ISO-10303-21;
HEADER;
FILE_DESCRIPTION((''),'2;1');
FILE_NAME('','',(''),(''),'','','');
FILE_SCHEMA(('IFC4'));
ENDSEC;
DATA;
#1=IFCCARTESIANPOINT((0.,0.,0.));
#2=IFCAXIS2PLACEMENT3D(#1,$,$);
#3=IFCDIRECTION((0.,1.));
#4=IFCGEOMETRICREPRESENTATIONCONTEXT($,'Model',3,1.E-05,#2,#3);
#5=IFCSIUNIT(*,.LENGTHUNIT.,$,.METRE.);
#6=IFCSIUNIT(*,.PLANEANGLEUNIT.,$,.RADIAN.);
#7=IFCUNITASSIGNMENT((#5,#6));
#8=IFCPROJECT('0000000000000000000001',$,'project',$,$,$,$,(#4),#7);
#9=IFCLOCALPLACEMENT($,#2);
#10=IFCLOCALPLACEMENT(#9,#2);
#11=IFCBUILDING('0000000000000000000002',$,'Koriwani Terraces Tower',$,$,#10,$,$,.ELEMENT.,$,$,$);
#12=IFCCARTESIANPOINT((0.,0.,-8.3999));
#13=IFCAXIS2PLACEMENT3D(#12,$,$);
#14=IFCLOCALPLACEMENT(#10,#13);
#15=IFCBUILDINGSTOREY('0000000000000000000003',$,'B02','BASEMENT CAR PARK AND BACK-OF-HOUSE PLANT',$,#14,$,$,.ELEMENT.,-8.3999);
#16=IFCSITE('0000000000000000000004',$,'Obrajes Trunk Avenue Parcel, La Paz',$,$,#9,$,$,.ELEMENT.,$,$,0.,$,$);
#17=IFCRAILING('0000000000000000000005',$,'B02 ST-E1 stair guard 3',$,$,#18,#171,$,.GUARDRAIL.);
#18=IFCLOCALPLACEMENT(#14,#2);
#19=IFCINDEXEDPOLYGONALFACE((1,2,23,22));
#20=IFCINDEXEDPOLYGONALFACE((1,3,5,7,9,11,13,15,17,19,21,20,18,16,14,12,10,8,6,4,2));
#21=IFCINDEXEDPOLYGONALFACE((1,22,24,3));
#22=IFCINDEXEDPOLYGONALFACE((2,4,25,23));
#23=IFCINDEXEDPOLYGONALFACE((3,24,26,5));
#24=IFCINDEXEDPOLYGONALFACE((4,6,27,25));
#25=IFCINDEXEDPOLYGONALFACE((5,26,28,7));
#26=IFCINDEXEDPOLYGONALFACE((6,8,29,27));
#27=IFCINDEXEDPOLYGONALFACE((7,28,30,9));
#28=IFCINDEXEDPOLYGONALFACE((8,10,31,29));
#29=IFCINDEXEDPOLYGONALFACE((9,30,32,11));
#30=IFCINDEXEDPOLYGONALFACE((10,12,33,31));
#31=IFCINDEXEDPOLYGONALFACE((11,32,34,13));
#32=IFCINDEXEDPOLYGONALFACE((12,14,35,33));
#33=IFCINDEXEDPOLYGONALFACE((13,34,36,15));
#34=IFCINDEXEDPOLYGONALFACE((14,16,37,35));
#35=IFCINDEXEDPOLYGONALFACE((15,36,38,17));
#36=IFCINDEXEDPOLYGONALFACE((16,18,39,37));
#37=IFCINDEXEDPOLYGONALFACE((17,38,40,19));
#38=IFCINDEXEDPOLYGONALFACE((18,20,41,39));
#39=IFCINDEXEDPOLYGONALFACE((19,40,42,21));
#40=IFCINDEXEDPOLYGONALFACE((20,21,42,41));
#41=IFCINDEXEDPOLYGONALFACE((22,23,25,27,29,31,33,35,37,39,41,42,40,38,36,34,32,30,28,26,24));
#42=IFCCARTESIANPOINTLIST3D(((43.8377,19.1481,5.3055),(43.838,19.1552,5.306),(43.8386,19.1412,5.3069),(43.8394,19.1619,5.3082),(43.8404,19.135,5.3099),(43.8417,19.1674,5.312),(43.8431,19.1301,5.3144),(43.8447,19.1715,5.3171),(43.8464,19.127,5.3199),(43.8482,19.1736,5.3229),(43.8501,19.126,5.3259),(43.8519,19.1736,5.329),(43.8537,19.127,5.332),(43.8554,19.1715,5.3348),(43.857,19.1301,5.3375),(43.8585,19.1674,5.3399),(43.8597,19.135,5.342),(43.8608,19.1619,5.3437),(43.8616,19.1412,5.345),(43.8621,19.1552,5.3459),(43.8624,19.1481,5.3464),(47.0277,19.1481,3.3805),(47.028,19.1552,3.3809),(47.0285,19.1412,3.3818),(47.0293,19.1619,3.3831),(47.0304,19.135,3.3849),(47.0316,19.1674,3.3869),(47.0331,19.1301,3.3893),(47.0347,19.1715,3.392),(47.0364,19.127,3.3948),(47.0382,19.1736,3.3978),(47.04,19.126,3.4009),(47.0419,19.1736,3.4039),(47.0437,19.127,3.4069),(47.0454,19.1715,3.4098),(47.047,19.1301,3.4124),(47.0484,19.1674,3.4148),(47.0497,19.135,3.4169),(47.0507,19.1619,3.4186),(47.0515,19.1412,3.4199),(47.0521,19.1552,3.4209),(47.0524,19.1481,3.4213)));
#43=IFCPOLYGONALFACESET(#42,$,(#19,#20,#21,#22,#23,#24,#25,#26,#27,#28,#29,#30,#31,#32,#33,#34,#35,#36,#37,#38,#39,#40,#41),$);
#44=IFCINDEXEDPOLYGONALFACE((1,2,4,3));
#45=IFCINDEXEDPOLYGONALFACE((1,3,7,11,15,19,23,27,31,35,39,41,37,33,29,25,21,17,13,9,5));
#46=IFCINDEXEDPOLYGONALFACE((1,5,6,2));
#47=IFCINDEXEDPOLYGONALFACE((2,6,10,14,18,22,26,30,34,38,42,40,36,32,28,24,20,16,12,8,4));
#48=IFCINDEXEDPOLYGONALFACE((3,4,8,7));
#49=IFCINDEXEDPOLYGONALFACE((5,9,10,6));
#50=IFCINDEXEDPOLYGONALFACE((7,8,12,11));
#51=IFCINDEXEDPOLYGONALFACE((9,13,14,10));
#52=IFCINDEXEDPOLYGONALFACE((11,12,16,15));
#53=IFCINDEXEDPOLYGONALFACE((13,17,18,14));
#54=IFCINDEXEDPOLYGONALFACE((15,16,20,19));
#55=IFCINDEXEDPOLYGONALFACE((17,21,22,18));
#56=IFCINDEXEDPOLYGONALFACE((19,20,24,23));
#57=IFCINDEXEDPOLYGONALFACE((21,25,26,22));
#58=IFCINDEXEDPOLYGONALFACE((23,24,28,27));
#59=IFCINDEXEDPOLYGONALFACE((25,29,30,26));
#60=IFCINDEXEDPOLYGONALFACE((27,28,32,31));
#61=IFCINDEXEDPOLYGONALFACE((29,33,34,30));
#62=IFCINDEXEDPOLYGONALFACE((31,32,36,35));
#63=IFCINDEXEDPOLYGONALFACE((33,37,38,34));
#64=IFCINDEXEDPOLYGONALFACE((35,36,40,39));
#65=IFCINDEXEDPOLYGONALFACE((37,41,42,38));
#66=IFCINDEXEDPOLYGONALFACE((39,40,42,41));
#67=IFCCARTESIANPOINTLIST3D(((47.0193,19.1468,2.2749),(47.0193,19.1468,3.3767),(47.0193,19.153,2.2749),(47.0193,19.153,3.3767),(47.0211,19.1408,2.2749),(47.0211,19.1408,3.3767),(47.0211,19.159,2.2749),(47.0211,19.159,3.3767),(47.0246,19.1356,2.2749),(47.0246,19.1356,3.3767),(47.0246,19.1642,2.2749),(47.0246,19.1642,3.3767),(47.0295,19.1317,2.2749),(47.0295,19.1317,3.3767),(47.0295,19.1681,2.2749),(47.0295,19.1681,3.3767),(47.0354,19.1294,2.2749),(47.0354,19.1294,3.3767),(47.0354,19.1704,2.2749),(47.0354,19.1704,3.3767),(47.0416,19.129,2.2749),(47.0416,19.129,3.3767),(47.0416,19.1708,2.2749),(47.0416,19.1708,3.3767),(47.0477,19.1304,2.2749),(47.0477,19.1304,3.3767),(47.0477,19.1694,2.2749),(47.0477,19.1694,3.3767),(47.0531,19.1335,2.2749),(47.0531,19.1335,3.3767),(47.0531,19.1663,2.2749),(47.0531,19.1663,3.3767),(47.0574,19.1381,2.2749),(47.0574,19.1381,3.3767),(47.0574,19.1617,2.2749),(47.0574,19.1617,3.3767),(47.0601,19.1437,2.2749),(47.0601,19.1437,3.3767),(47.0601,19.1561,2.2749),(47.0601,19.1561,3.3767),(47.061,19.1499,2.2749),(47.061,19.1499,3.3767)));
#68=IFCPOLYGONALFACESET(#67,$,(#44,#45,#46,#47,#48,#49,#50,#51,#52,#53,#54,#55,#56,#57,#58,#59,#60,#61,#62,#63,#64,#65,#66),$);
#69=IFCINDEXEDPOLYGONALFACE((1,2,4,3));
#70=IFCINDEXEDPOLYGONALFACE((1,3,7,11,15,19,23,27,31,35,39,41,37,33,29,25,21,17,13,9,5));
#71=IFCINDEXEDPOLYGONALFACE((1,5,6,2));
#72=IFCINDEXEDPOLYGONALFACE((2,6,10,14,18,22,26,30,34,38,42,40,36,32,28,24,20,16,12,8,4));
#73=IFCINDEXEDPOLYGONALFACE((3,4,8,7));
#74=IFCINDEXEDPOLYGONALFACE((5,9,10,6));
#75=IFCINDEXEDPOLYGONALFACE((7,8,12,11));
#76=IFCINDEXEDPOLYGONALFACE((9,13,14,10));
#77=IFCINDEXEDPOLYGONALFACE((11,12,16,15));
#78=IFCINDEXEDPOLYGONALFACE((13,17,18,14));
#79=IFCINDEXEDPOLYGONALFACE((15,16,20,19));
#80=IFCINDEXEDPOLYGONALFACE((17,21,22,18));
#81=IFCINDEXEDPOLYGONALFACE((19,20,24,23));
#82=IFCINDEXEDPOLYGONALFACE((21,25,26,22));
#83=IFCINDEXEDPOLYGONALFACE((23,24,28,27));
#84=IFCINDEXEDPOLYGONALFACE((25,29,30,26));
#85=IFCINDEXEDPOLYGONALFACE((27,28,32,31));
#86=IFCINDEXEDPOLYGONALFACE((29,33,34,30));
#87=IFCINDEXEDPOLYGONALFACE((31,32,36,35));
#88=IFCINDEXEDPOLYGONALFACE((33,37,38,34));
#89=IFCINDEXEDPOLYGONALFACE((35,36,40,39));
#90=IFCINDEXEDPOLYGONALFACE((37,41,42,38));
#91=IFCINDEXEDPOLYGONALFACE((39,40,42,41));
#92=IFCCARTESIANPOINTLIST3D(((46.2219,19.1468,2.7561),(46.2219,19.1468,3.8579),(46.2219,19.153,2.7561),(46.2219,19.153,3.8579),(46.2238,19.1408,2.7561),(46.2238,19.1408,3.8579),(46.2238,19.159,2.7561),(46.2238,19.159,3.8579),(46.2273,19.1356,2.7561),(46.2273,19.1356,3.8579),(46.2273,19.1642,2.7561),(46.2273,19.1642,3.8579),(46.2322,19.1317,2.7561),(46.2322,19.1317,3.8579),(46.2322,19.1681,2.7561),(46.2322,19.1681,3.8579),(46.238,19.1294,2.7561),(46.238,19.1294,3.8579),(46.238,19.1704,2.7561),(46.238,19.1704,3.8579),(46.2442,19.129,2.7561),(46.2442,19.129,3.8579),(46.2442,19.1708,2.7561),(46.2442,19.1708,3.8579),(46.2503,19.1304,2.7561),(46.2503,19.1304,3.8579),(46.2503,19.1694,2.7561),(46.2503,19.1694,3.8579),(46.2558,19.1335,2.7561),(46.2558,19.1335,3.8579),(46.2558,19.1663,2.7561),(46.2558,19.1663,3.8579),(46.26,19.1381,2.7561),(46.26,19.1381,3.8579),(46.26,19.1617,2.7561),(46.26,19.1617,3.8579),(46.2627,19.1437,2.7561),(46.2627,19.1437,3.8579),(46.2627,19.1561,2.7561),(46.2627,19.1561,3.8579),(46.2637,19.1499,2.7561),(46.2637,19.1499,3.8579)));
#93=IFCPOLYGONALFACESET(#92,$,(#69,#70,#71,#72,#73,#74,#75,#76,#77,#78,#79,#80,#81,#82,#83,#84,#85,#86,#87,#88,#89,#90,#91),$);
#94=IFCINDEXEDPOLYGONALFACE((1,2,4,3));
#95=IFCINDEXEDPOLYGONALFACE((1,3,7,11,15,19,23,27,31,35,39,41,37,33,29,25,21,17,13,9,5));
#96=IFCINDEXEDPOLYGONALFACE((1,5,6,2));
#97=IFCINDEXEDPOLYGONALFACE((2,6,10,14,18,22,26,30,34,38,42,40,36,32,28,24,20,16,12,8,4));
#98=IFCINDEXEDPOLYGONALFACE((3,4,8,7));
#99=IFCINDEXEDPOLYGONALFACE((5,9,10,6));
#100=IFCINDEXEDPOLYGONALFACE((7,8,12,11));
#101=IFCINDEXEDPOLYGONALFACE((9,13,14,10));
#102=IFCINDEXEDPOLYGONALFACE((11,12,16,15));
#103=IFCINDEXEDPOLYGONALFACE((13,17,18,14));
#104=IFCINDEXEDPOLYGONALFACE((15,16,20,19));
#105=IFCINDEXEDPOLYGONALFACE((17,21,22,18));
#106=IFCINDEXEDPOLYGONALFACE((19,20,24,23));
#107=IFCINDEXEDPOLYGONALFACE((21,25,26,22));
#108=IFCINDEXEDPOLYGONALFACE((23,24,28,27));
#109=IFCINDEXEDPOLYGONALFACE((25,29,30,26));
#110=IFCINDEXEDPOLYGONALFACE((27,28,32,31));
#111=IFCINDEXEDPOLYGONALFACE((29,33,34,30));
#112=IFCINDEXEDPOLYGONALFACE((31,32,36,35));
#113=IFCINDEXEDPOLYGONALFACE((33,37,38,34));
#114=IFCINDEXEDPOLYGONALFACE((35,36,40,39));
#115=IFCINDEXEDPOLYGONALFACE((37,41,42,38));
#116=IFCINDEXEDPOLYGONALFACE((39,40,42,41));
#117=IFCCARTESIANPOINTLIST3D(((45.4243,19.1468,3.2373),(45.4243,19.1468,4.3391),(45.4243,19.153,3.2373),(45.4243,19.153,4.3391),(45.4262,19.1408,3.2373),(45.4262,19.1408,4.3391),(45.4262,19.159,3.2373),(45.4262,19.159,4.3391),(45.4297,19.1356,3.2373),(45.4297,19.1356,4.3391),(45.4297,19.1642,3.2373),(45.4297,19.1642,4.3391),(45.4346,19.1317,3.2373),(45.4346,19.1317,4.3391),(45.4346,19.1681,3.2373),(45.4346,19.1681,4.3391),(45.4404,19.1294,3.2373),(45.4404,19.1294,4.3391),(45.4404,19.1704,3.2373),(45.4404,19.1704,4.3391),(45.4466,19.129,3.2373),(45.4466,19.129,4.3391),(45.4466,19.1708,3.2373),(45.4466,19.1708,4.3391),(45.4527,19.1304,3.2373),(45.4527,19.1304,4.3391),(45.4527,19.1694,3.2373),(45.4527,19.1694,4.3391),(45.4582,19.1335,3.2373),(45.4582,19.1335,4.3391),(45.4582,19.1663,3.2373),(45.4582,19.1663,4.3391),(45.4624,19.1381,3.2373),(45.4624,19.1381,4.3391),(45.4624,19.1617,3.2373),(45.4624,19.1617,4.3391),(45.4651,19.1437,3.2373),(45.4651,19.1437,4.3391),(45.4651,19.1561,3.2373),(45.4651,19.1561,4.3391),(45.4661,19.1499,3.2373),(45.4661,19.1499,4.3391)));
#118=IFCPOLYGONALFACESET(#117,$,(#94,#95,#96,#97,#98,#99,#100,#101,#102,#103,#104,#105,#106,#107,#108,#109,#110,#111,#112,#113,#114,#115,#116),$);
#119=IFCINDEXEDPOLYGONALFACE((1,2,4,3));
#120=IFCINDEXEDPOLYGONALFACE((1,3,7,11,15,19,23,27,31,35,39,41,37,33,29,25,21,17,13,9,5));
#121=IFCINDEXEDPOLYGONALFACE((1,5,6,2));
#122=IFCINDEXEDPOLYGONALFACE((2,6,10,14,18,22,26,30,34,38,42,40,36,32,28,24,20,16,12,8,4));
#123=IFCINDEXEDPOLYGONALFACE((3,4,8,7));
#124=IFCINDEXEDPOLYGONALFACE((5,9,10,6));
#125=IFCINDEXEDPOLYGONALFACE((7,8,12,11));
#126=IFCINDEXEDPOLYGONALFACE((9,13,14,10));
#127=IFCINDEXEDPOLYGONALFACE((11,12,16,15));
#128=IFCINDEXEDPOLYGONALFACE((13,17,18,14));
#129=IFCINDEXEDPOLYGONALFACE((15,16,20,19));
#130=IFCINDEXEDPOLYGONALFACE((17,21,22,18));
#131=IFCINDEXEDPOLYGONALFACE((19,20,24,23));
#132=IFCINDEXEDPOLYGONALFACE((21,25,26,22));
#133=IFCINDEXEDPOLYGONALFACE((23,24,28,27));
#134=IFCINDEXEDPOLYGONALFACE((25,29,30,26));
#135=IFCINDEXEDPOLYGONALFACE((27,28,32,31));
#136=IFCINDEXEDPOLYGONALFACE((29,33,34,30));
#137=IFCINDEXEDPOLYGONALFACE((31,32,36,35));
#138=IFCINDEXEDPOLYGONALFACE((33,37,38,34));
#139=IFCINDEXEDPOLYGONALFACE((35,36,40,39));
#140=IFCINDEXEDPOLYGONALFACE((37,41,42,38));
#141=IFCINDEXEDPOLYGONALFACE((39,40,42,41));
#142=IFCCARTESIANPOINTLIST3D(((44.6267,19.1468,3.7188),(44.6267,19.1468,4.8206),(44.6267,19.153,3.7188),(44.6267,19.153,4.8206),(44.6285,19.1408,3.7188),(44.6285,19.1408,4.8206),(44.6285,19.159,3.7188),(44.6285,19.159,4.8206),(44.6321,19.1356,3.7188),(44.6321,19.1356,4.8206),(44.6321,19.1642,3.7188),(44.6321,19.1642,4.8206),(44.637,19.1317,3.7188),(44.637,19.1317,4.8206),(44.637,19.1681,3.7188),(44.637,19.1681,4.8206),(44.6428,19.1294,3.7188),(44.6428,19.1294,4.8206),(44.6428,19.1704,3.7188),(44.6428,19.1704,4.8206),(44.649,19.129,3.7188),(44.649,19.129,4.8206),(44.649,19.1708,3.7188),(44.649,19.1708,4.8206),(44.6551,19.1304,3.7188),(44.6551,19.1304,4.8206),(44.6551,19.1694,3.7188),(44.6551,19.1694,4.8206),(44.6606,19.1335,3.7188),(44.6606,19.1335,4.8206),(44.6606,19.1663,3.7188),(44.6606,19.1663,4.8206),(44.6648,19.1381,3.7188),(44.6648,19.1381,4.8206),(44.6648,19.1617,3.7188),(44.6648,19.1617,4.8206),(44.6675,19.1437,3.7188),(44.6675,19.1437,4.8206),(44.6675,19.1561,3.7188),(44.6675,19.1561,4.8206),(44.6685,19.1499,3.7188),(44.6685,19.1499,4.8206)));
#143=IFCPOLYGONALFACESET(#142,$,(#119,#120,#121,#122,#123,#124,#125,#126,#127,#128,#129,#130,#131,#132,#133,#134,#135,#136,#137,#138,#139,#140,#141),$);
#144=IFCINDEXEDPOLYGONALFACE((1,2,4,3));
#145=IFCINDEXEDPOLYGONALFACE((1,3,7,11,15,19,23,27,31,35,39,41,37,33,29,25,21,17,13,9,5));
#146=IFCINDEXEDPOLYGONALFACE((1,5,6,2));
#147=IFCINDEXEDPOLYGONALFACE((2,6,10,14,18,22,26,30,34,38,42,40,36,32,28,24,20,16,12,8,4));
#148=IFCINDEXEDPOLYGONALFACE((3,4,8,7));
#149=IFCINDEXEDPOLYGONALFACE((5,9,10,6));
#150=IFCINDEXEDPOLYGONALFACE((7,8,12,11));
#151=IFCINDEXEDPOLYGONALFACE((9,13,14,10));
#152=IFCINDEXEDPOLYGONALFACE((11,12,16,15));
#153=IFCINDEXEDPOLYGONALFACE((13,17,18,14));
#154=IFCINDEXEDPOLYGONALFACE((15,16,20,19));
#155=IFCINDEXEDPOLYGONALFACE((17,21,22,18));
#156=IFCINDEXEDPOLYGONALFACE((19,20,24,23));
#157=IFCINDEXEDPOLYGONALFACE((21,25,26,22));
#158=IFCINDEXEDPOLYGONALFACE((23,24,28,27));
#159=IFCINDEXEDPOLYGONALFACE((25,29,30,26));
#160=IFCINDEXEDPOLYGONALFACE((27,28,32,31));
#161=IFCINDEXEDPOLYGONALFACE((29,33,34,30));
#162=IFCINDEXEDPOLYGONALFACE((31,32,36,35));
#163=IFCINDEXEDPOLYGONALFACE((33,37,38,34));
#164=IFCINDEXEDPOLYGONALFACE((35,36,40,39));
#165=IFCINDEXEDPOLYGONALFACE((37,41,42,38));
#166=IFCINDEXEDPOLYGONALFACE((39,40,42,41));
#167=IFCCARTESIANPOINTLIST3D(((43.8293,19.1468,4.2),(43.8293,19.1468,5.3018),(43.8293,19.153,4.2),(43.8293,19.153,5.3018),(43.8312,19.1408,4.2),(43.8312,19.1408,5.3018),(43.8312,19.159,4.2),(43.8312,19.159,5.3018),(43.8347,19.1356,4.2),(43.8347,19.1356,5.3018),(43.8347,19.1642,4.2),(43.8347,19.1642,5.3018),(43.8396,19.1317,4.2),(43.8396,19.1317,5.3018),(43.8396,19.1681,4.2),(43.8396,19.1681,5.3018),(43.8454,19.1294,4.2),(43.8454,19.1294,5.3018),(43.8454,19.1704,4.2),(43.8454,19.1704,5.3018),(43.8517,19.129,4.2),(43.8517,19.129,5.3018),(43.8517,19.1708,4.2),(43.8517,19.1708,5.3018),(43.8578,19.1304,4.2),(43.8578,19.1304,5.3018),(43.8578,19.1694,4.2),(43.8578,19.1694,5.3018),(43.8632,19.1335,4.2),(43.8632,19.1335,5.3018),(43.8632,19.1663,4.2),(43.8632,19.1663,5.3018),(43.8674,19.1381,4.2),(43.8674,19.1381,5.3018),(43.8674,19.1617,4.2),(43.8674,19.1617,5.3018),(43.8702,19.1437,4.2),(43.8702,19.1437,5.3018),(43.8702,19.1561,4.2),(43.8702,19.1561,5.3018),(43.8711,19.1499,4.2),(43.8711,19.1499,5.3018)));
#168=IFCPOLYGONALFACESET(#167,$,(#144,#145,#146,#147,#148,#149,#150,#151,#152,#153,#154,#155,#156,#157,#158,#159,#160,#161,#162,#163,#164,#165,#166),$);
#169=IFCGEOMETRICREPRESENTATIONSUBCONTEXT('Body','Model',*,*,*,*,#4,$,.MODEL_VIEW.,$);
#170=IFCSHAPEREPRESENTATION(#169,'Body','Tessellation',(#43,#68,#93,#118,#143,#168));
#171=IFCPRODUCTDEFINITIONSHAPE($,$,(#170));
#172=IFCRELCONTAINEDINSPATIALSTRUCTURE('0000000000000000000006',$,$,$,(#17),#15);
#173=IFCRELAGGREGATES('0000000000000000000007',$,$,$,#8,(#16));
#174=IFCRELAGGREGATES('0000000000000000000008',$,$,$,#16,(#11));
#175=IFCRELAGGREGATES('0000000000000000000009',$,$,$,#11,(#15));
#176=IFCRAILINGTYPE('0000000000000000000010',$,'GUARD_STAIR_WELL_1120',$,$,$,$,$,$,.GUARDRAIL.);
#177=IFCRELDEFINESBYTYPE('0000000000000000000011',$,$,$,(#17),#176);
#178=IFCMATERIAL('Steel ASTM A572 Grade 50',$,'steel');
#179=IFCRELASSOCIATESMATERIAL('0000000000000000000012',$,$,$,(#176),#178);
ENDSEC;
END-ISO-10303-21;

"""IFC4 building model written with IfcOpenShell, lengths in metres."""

from ifc_helpers import new_model, si_unit, direction, frame, origin, origin_2d, place, context, subcontext, project, spatial, circle, extrude, material, type_object, element, save


model = new_model("IFC4")

# Units and contexts
model_context = context("Model", 3, precision=1e-05, world=origin(), true_north=direction((0.0, 1.0)))
body_context = subcontext(model_context, "Body", "Model", "MODEL_VIEW")
ifc_project = project(units=[si_unit("LENGTHUNIT", "METRE"), si_unit("PLANEANGLEUNIT", "RADIAN")], contexts=[model_context])

# Site, building, storey
site_placement = place(None, origin())
site = spatial("IfcSite", under=ifc_project, at=site_placement, Name="Obrajes Trunk Avenue Parcel, La Paz", CompositionType="ELEMENT", RefElevation=0.0)
building_placement = place(site_placement, origin())
building = spatial("IfcBuilding", under=site, at=building_placement, Name="Koriwani Terraces Tower", CompositionType="ELEMENT")
storey_placement = place(building_placement, frame((0.0, 0.0, -8.3999)))
storey = spatial("IfcBuildingStorey", under=building, at=storey_placement, Name="B02", Description="BASEMENT CAR PARK AND BACK-OF-HOUSE PLANT", CompositionType="ELEMENT", Elevation=-8.3999)

# Shared definitions
ifc_material_1 = material(Name="Steel ASTM A572 Grade 50", Category="steel")

# Railing
railing_type_1 = type_object("IfcRailingType", Name="GUARD_STAIR_WELL_1120", PredefinedType="GUARDRAIL", material=ifc_material_1)
for number, where, name in (
    (1, (47.04, 19.1499, 2.2749), "B02 ST-E1 stair guard 3"),
):
    element("IfcRailing", number, at=place(storey_placement, frame(where)), inside=storey, type_object=railing_type_1, Name=name, PredefinedType="GUARDRAIL", context=body_context, shape_type="SweptSolid", body=[
        extrude(circle(Radius=0.0239, at=origin_2d()), frame((0.0, 0.0, 1.126), z_axis=(-0.856178, 0.0, 0.516682), x_axis=(0.0, -1.0, 0.0)), (0.0, 0.0, 1.0), 3.7258),
        extrude(circle(Radius=0.021, at=origin_2d()), origin(), (0.0, 0.0, 1.0), 1.1018),
        extrude(circle(Radius=0.021, at=origin_2d()), frame((-0.7974, 0.0, 0.4812)), (0.0, 0.0, 1.0), 1.1018),
        extrude(circle(Radius=0.021, at=origin_2d()), frame((-1.595, 0.0, 0.9624)), (0.0, 0.0, 1.0), 1.1018),
        extrude(circle(Radius=0.021, at=origin_2d()), frame((-2.3926, 0.0, 1.4438)), (0.0, 0.0, 1.0), 1.1018),
        extrude(circle(Radius=0.021, at=origin_2d()), frame((-3.1899, 0.0, 1.925)), (0.0, 0.0, 1.0), 1.1018),
    ])

save(model, "model.ifc")
